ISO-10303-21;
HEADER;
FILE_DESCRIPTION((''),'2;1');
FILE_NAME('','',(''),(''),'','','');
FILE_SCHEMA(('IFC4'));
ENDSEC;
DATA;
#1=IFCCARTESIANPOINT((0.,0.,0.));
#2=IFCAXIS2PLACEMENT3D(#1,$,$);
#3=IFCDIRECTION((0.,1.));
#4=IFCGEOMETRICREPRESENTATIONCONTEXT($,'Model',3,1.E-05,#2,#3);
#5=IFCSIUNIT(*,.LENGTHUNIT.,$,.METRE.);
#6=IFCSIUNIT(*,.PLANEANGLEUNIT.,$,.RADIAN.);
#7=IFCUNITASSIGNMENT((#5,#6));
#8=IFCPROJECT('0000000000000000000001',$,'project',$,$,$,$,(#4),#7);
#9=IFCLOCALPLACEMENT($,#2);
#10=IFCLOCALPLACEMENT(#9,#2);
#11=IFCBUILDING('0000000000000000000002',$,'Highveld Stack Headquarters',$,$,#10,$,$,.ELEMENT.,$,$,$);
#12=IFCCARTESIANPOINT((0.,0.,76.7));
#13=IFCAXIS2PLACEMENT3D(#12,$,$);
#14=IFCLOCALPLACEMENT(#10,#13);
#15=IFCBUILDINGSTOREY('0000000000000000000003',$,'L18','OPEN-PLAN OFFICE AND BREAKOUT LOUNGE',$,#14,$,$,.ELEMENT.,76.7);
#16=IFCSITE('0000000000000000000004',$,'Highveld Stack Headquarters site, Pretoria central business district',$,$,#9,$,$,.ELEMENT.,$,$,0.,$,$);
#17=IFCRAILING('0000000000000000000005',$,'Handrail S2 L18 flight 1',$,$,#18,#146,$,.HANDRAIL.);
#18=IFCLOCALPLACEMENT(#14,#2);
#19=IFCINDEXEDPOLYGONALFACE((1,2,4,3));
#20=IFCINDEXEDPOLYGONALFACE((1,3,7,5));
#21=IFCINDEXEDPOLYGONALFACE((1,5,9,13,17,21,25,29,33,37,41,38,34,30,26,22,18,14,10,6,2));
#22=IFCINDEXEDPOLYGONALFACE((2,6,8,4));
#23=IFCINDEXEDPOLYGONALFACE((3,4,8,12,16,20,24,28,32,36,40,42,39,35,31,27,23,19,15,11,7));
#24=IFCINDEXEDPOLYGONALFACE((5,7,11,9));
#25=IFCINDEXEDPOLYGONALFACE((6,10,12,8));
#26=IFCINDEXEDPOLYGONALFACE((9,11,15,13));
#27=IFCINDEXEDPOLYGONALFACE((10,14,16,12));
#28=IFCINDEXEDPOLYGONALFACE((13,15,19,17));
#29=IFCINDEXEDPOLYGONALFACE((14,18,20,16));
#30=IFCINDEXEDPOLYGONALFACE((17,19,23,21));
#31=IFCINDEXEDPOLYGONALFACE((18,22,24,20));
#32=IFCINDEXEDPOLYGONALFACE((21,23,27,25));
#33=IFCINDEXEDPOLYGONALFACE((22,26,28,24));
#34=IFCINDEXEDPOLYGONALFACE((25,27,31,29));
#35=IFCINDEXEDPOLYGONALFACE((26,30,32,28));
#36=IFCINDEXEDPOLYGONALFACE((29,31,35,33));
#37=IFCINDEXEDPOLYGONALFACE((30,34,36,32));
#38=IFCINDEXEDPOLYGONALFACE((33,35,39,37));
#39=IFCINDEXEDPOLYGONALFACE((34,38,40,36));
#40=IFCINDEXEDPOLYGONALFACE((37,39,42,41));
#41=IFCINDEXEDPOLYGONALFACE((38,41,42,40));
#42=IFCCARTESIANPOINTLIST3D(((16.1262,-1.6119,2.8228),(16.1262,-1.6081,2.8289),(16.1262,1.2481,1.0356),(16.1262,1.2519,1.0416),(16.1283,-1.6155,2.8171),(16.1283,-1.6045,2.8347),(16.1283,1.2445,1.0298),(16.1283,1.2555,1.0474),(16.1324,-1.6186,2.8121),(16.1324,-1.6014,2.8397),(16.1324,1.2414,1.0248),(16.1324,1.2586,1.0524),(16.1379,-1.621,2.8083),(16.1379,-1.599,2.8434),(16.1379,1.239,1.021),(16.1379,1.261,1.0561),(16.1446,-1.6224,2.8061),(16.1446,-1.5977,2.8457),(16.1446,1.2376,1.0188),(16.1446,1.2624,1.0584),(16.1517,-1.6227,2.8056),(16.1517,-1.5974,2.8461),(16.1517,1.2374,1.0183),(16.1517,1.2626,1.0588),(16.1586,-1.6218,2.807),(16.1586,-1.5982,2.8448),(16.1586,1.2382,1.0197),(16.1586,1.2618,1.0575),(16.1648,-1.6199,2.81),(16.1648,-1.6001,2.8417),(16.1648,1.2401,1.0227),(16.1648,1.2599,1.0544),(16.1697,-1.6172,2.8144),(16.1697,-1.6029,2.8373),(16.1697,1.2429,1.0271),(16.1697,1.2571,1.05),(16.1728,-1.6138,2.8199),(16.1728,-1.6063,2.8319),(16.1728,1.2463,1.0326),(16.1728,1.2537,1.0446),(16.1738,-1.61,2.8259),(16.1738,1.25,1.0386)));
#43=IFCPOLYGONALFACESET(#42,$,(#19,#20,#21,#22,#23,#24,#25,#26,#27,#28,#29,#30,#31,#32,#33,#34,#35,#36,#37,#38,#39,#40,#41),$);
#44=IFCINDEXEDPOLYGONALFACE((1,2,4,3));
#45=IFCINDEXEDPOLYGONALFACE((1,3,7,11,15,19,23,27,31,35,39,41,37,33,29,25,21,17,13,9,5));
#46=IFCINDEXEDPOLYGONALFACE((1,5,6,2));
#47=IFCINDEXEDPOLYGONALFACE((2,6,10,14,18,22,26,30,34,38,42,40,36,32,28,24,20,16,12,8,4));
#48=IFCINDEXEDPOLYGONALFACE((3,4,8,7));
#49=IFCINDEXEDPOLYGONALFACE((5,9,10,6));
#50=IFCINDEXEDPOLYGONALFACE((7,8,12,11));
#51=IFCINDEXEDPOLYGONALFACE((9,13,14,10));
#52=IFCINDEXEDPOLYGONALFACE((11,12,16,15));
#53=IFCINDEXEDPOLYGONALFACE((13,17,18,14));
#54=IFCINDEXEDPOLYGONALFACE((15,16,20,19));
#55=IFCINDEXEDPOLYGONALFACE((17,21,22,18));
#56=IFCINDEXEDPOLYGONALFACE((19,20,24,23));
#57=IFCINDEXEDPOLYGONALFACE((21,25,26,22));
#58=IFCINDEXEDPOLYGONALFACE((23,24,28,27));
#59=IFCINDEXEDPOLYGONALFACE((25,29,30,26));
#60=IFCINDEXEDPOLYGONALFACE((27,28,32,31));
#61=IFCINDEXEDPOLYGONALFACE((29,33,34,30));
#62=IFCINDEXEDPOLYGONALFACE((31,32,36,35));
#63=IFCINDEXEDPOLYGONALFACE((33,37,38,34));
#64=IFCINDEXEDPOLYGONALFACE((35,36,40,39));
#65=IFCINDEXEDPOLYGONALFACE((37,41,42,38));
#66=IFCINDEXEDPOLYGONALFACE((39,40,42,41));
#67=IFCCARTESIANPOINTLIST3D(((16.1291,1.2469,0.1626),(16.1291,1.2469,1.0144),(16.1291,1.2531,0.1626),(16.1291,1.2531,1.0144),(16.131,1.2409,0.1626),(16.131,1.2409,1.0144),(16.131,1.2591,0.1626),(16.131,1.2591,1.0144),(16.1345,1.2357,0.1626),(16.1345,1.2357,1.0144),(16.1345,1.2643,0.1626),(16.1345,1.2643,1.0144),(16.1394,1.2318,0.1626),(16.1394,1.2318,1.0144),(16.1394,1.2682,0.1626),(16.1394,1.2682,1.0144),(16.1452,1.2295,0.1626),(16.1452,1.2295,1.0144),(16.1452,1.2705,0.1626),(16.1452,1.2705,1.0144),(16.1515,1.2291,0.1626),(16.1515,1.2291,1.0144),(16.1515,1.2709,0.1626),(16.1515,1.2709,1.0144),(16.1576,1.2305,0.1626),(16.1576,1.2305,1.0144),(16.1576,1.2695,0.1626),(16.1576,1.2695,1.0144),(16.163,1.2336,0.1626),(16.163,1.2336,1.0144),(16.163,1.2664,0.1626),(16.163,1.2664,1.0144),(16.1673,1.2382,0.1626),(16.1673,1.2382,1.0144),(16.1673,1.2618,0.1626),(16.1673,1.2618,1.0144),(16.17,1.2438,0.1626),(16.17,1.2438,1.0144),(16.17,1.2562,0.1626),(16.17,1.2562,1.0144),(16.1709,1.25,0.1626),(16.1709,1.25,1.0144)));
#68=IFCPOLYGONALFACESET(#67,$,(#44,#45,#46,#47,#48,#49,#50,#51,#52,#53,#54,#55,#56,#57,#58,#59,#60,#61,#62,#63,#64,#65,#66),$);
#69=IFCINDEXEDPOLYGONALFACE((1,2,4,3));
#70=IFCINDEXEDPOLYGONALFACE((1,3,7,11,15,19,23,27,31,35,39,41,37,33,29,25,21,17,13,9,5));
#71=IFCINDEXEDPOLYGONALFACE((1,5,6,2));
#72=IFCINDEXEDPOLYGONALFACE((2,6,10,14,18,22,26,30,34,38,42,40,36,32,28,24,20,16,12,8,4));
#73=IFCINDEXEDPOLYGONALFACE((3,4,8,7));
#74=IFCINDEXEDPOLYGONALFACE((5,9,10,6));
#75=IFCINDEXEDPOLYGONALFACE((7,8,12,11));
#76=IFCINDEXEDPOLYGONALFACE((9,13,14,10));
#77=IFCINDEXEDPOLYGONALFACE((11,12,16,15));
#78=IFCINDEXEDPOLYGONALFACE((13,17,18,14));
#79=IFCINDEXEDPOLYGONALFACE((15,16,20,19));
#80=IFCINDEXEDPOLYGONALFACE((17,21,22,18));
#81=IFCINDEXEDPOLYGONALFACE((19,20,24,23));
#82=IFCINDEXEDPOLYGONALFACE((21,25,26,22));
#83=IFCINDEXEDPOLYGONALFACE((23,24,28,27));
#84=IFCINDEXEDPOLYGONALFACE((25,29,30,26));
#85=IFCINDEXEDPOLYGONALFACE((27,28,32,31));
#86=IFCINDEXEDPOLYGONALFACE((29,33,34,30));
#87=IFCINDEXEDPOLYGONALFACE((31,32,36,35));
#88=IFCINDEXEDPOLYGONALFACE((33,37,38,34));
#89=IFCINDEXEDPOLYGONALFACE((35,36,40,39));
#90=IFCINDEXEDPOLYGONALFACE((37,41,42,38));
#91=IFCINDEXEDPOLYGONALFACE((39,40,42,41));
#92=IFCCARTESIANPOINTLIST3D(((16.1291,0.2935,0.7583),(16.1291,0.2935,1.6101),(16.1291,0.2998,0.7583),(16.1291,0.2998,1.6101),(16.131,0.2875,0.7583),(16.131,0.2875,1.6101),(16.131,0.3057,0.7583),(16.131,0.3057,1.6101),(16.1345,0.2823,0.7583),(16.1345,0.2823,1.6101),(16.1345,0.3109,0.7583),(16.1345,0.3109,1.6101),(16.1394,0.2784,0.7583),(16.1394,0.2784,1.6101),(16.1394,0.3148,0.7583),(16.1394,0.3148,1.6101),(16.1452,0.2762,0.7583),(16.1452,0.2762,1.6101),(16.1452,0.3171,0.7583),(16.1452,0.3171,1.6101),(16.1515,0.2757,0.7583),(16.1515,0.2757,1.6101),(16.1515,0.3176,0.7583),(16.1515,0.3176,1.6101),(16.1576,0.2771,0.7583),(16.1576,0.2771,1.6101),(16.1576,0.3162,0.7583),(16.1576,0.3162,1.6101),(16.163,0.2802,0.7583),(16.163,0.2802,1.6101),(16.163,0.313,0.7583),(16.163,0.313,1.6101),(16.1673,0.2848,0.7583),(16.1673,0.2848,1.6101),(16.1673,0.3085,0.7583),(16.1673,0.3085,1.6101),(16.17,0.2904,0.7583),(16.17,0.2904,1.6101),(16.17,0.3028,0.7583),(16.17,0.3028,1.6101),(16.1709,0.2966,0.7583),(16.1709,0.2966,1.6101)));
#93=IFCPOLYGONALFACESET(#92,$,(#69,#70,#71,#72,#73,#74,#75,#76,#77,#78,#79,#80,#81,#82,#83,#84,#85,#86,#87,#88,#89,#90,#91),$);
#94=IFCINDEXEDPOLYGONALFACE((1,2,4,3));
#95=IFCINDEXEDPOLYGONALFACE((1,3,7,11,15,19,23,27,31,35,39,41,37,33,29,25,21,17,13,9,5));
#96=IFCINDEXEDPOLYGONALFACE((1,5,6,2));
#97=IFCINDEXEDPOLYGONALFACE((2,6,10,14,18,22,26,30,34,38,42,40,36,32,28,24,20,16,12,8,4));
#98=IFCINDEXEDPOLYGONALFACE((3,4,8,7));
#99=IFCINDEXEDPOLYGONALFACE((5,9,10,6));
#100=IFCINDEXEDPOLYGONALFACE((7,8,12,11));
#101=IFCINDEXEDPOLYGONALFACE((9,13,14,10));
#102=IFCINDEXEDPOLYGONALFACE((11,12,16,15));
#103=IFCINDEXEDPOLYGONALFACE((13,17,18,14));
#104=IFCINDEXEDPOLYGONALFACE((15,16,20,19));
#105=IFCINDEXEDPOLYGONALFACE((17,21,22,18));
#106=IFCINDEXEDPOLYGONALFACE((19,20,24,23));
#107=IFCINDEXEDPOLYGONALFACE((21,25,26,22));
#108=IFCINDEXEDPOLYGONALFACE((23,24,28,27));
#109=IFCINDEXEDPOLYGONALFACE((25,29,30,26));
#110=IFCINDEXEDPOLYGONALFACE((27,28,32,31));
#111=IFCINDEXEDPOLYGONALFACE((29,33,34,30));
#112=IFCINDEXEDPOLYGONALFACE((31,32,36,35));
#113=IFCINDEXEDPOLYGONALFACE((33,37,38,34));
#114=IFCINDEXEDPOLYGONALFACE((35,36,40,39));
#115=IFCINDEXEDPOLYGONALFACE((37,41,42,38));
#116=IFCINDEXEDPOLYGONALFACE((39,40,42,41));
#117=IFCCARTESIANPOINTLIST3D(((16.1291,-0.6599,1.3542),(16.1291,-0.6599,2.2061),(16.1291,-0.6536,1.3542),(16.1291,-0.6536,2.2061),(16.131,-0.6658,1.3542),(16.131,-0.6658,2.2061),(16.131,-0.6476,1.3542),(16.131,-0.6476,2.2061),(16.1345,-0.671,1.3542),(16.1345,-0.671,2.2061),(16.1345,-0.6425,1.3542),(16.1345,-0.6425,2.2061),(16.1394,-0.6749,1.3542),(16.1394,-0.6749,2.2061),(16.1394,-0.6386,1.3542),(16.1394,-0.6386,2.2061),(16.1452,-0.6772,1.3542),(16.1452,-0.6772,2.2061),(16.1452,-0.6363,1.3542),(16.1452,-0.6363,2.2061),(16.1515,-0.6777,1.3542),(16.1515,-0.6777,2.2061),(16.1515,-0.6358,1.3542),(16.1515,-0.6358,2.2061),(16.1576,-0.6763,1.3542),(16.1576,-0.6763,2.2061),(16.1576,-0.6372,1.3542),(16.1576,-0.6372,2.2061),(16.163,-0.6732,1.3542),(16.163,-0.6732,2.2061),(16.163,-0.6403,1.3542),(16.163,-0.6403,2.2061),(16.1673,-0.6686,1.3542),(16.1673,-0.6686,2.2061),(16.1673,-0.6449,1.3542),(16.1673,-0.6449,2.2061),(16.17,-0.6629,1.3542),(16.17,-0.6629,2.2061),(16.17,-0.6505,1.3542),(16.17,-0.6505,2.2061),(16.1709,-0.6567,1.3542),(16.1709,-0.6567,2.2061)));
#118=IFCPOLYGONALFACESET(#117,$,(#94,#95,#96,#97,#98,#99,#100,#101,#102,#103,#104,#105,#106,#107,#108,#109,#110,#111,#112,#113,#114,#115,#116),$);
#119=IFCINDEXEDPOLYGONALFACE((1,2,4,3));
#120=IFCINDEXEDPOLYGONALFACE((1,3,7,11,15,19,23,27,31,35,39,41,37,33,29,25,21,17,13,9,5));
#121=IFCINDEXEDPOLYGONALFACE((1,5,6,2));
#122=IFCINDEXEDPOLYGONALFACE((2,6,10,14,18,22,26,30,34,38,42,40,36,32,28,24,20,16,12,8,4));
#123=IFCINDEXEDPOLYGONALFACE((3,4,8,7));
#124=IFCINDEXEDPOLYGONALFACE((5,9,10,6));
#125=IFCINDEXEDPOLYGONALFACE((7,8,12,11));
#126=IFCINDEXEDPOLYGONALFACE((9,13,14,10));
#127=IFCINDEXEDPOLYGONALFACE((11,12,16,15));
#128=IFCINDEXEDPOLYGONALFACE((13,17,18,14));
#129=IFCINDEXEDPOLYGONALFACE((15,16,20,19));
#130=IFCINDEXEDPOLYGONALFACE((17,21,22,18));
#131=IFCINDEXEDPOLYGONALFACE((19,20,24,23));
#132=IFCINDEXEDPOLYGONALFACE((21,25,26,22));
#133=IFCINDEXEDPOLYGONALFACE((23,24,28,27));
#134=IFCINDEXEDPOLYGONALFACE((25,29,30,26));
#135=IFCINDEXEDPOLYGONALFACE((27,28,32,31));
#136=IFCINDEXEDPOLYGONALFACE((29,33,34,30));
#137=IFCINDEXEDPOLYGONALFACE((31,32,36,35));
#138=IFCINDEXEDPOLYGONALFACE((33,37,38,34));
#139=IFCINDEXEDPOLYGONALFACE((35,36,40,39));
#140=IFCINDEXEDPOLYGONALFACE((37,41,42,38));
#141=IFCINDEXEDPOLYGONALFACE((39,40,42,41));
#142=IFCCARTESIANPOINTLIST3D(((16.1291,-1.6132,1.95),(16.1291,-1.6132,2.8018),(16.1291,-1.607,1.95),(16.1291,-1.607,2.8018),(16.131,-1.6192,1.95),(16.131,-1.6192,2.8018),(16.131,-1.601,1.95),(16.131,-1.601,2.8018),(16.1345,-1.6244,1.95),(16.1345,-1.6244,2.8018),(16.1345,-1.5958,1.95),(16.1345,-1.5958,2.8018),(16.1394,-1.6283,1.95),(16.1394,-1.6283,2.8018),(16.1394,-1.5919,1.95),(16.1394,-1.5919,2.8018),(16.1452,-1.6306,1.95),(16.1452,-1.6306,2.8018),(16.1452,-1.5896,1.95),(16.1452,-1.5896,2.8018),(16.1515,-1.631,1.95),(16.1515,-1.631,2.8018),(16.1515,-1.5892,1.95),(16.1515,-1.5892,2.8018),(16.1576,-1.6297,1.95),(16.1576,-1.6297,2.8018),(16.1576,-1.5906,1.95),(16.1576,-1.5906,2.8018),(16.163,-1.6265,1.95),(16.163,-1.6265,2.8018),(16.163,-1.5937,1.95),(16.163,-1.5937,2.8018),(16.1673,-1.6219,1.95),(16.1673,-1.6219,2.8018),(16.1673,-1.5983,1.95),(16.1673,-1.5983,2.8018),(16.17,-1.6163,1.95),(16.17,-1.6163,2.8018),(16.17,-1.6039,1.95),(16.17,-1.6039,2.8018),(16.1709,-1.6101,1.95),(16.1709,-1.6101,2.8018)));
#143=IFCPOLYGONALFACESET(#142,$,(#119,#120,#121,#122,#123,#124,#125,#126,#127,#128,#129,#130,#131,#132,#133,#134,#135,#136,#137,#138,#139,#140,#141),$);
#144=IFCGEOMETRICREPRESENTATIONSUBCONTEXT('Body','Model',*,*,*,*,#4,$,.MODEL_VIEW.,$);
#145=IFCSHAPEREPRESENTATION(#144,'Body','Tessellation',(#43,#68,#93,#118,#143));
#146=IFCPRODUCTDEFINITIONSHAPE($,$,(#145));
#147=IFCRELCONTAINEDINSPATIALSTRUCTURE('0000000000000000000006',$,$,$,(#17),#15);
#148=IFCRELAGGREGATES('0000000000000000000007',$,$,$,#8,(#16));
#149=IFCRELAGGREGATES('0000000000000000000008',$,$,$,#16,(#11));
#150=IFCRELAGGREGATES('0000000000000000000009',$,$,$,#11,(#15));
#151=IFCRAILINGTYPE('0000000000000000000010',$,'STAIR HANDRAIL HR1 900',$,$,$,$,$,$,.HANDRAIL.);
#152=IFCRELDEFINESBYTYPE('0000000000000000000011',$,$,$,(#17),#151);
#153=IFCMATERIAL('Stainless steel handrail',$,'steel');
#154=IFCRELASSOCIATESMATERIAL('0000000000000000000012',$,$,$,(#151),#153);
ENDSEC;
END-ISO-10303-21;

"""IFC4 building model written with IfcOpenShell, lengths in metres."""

from ifc_helpers import new_model, si_unit, direction, frame, origin, origin_2d, place, context, subcontext, project, spatial, circle, extrude, material, type_object, element, save


model = new_model("IFC4")

# Units and contexts
model_context = context("Model", 3, precision=1e-05, world=origin(), true_north=direction((0.0, 1.0)))
body_context = subcontext(model_context, "Body", "Model", "MODEL_VIEW")
ifc_project = project(units=[si_unit("LENGTHUNIT", "METRE"), si_unit("PLANEANGLEUNIT", "RADIAN")], contexts=[model_context])

# Site, building, storey
site_placement = place(None, origin())
site = spatial("IfcSite", under=ifc_project, at=site_placement, Name="Highveld Stack Headquarters site, Pretoria central business district", CompositionType="ELEMENT", RefElevation=0.0)
building_placement = place(site_placement, origin())
building = spatial("IfcBuilding", under=site, at=building_placement, Name="Highveld Stack Headquarters", CompositionType="ELEMENT")
storey_placement = place(building_placement, frame((0.0, 0.0, 76.7)))
storey = spatial("IfcBuildingStorey", under=building, at=storey_placement, Name="L18", Description="OPEN-PLAN OFFICE AND BREAKOUT LOUNGE", CompositionType="ELEMENT", Elevation=76.7)

# Railing
ifc_material_1 = material(Name="Stainless steel handrail", Category="steel")
railing_type = type_object("IfcRailingType", Name="STAIR HANDRAIL HR1 900", PredefinedType="HANDRAIL", material=ifc_material_1)
for number, where, name in (
    (1, (16.1499, 1.25, 0.1626), "Handrail S2 L18 flight 1"),
):
    element("IfcRailing", number, at=place(storey_placement, frame(where)), inside=storey, type_object=railing_type, Name=name, PredefinedType="HANDRAIL", context=body_context, shape_type="SweptSolid", body=[
        extrude(circle(Radius=0.0239, at=origin_2d()), frame((0.0, 0.0, 0.876), z_axis=(0.0, -0.848027, 0.529953), x_axis=(1.0, 0.0, 0.0)), (0.0, 0.0, 1.0), 3.3726),
        extrude(circle(Radius=0.021, at=origin_2d()), origin(), (0.0, 0.0, 1.0), 0.8518),
        extrude(circle(Radius=0.021, at=origin_2d()), frame((0.0, -0.9534, 0.5957)), (0.0, 0.0, 1.0), 0.8518),
        extrude(circle(Radius=0.021, at=origin_2d()), frame((0.0, -1.9067, 1.1917)), (0.0, 0.0, 1.0), 0.8518),
        extrude(circle(Radius=0.021, at=origin_2d()), frame((0.0, -2.8601, 1.7874)), (0.0, 0.0, 1.0), 0.8518),
    ])

save(model, "model.ifc")
